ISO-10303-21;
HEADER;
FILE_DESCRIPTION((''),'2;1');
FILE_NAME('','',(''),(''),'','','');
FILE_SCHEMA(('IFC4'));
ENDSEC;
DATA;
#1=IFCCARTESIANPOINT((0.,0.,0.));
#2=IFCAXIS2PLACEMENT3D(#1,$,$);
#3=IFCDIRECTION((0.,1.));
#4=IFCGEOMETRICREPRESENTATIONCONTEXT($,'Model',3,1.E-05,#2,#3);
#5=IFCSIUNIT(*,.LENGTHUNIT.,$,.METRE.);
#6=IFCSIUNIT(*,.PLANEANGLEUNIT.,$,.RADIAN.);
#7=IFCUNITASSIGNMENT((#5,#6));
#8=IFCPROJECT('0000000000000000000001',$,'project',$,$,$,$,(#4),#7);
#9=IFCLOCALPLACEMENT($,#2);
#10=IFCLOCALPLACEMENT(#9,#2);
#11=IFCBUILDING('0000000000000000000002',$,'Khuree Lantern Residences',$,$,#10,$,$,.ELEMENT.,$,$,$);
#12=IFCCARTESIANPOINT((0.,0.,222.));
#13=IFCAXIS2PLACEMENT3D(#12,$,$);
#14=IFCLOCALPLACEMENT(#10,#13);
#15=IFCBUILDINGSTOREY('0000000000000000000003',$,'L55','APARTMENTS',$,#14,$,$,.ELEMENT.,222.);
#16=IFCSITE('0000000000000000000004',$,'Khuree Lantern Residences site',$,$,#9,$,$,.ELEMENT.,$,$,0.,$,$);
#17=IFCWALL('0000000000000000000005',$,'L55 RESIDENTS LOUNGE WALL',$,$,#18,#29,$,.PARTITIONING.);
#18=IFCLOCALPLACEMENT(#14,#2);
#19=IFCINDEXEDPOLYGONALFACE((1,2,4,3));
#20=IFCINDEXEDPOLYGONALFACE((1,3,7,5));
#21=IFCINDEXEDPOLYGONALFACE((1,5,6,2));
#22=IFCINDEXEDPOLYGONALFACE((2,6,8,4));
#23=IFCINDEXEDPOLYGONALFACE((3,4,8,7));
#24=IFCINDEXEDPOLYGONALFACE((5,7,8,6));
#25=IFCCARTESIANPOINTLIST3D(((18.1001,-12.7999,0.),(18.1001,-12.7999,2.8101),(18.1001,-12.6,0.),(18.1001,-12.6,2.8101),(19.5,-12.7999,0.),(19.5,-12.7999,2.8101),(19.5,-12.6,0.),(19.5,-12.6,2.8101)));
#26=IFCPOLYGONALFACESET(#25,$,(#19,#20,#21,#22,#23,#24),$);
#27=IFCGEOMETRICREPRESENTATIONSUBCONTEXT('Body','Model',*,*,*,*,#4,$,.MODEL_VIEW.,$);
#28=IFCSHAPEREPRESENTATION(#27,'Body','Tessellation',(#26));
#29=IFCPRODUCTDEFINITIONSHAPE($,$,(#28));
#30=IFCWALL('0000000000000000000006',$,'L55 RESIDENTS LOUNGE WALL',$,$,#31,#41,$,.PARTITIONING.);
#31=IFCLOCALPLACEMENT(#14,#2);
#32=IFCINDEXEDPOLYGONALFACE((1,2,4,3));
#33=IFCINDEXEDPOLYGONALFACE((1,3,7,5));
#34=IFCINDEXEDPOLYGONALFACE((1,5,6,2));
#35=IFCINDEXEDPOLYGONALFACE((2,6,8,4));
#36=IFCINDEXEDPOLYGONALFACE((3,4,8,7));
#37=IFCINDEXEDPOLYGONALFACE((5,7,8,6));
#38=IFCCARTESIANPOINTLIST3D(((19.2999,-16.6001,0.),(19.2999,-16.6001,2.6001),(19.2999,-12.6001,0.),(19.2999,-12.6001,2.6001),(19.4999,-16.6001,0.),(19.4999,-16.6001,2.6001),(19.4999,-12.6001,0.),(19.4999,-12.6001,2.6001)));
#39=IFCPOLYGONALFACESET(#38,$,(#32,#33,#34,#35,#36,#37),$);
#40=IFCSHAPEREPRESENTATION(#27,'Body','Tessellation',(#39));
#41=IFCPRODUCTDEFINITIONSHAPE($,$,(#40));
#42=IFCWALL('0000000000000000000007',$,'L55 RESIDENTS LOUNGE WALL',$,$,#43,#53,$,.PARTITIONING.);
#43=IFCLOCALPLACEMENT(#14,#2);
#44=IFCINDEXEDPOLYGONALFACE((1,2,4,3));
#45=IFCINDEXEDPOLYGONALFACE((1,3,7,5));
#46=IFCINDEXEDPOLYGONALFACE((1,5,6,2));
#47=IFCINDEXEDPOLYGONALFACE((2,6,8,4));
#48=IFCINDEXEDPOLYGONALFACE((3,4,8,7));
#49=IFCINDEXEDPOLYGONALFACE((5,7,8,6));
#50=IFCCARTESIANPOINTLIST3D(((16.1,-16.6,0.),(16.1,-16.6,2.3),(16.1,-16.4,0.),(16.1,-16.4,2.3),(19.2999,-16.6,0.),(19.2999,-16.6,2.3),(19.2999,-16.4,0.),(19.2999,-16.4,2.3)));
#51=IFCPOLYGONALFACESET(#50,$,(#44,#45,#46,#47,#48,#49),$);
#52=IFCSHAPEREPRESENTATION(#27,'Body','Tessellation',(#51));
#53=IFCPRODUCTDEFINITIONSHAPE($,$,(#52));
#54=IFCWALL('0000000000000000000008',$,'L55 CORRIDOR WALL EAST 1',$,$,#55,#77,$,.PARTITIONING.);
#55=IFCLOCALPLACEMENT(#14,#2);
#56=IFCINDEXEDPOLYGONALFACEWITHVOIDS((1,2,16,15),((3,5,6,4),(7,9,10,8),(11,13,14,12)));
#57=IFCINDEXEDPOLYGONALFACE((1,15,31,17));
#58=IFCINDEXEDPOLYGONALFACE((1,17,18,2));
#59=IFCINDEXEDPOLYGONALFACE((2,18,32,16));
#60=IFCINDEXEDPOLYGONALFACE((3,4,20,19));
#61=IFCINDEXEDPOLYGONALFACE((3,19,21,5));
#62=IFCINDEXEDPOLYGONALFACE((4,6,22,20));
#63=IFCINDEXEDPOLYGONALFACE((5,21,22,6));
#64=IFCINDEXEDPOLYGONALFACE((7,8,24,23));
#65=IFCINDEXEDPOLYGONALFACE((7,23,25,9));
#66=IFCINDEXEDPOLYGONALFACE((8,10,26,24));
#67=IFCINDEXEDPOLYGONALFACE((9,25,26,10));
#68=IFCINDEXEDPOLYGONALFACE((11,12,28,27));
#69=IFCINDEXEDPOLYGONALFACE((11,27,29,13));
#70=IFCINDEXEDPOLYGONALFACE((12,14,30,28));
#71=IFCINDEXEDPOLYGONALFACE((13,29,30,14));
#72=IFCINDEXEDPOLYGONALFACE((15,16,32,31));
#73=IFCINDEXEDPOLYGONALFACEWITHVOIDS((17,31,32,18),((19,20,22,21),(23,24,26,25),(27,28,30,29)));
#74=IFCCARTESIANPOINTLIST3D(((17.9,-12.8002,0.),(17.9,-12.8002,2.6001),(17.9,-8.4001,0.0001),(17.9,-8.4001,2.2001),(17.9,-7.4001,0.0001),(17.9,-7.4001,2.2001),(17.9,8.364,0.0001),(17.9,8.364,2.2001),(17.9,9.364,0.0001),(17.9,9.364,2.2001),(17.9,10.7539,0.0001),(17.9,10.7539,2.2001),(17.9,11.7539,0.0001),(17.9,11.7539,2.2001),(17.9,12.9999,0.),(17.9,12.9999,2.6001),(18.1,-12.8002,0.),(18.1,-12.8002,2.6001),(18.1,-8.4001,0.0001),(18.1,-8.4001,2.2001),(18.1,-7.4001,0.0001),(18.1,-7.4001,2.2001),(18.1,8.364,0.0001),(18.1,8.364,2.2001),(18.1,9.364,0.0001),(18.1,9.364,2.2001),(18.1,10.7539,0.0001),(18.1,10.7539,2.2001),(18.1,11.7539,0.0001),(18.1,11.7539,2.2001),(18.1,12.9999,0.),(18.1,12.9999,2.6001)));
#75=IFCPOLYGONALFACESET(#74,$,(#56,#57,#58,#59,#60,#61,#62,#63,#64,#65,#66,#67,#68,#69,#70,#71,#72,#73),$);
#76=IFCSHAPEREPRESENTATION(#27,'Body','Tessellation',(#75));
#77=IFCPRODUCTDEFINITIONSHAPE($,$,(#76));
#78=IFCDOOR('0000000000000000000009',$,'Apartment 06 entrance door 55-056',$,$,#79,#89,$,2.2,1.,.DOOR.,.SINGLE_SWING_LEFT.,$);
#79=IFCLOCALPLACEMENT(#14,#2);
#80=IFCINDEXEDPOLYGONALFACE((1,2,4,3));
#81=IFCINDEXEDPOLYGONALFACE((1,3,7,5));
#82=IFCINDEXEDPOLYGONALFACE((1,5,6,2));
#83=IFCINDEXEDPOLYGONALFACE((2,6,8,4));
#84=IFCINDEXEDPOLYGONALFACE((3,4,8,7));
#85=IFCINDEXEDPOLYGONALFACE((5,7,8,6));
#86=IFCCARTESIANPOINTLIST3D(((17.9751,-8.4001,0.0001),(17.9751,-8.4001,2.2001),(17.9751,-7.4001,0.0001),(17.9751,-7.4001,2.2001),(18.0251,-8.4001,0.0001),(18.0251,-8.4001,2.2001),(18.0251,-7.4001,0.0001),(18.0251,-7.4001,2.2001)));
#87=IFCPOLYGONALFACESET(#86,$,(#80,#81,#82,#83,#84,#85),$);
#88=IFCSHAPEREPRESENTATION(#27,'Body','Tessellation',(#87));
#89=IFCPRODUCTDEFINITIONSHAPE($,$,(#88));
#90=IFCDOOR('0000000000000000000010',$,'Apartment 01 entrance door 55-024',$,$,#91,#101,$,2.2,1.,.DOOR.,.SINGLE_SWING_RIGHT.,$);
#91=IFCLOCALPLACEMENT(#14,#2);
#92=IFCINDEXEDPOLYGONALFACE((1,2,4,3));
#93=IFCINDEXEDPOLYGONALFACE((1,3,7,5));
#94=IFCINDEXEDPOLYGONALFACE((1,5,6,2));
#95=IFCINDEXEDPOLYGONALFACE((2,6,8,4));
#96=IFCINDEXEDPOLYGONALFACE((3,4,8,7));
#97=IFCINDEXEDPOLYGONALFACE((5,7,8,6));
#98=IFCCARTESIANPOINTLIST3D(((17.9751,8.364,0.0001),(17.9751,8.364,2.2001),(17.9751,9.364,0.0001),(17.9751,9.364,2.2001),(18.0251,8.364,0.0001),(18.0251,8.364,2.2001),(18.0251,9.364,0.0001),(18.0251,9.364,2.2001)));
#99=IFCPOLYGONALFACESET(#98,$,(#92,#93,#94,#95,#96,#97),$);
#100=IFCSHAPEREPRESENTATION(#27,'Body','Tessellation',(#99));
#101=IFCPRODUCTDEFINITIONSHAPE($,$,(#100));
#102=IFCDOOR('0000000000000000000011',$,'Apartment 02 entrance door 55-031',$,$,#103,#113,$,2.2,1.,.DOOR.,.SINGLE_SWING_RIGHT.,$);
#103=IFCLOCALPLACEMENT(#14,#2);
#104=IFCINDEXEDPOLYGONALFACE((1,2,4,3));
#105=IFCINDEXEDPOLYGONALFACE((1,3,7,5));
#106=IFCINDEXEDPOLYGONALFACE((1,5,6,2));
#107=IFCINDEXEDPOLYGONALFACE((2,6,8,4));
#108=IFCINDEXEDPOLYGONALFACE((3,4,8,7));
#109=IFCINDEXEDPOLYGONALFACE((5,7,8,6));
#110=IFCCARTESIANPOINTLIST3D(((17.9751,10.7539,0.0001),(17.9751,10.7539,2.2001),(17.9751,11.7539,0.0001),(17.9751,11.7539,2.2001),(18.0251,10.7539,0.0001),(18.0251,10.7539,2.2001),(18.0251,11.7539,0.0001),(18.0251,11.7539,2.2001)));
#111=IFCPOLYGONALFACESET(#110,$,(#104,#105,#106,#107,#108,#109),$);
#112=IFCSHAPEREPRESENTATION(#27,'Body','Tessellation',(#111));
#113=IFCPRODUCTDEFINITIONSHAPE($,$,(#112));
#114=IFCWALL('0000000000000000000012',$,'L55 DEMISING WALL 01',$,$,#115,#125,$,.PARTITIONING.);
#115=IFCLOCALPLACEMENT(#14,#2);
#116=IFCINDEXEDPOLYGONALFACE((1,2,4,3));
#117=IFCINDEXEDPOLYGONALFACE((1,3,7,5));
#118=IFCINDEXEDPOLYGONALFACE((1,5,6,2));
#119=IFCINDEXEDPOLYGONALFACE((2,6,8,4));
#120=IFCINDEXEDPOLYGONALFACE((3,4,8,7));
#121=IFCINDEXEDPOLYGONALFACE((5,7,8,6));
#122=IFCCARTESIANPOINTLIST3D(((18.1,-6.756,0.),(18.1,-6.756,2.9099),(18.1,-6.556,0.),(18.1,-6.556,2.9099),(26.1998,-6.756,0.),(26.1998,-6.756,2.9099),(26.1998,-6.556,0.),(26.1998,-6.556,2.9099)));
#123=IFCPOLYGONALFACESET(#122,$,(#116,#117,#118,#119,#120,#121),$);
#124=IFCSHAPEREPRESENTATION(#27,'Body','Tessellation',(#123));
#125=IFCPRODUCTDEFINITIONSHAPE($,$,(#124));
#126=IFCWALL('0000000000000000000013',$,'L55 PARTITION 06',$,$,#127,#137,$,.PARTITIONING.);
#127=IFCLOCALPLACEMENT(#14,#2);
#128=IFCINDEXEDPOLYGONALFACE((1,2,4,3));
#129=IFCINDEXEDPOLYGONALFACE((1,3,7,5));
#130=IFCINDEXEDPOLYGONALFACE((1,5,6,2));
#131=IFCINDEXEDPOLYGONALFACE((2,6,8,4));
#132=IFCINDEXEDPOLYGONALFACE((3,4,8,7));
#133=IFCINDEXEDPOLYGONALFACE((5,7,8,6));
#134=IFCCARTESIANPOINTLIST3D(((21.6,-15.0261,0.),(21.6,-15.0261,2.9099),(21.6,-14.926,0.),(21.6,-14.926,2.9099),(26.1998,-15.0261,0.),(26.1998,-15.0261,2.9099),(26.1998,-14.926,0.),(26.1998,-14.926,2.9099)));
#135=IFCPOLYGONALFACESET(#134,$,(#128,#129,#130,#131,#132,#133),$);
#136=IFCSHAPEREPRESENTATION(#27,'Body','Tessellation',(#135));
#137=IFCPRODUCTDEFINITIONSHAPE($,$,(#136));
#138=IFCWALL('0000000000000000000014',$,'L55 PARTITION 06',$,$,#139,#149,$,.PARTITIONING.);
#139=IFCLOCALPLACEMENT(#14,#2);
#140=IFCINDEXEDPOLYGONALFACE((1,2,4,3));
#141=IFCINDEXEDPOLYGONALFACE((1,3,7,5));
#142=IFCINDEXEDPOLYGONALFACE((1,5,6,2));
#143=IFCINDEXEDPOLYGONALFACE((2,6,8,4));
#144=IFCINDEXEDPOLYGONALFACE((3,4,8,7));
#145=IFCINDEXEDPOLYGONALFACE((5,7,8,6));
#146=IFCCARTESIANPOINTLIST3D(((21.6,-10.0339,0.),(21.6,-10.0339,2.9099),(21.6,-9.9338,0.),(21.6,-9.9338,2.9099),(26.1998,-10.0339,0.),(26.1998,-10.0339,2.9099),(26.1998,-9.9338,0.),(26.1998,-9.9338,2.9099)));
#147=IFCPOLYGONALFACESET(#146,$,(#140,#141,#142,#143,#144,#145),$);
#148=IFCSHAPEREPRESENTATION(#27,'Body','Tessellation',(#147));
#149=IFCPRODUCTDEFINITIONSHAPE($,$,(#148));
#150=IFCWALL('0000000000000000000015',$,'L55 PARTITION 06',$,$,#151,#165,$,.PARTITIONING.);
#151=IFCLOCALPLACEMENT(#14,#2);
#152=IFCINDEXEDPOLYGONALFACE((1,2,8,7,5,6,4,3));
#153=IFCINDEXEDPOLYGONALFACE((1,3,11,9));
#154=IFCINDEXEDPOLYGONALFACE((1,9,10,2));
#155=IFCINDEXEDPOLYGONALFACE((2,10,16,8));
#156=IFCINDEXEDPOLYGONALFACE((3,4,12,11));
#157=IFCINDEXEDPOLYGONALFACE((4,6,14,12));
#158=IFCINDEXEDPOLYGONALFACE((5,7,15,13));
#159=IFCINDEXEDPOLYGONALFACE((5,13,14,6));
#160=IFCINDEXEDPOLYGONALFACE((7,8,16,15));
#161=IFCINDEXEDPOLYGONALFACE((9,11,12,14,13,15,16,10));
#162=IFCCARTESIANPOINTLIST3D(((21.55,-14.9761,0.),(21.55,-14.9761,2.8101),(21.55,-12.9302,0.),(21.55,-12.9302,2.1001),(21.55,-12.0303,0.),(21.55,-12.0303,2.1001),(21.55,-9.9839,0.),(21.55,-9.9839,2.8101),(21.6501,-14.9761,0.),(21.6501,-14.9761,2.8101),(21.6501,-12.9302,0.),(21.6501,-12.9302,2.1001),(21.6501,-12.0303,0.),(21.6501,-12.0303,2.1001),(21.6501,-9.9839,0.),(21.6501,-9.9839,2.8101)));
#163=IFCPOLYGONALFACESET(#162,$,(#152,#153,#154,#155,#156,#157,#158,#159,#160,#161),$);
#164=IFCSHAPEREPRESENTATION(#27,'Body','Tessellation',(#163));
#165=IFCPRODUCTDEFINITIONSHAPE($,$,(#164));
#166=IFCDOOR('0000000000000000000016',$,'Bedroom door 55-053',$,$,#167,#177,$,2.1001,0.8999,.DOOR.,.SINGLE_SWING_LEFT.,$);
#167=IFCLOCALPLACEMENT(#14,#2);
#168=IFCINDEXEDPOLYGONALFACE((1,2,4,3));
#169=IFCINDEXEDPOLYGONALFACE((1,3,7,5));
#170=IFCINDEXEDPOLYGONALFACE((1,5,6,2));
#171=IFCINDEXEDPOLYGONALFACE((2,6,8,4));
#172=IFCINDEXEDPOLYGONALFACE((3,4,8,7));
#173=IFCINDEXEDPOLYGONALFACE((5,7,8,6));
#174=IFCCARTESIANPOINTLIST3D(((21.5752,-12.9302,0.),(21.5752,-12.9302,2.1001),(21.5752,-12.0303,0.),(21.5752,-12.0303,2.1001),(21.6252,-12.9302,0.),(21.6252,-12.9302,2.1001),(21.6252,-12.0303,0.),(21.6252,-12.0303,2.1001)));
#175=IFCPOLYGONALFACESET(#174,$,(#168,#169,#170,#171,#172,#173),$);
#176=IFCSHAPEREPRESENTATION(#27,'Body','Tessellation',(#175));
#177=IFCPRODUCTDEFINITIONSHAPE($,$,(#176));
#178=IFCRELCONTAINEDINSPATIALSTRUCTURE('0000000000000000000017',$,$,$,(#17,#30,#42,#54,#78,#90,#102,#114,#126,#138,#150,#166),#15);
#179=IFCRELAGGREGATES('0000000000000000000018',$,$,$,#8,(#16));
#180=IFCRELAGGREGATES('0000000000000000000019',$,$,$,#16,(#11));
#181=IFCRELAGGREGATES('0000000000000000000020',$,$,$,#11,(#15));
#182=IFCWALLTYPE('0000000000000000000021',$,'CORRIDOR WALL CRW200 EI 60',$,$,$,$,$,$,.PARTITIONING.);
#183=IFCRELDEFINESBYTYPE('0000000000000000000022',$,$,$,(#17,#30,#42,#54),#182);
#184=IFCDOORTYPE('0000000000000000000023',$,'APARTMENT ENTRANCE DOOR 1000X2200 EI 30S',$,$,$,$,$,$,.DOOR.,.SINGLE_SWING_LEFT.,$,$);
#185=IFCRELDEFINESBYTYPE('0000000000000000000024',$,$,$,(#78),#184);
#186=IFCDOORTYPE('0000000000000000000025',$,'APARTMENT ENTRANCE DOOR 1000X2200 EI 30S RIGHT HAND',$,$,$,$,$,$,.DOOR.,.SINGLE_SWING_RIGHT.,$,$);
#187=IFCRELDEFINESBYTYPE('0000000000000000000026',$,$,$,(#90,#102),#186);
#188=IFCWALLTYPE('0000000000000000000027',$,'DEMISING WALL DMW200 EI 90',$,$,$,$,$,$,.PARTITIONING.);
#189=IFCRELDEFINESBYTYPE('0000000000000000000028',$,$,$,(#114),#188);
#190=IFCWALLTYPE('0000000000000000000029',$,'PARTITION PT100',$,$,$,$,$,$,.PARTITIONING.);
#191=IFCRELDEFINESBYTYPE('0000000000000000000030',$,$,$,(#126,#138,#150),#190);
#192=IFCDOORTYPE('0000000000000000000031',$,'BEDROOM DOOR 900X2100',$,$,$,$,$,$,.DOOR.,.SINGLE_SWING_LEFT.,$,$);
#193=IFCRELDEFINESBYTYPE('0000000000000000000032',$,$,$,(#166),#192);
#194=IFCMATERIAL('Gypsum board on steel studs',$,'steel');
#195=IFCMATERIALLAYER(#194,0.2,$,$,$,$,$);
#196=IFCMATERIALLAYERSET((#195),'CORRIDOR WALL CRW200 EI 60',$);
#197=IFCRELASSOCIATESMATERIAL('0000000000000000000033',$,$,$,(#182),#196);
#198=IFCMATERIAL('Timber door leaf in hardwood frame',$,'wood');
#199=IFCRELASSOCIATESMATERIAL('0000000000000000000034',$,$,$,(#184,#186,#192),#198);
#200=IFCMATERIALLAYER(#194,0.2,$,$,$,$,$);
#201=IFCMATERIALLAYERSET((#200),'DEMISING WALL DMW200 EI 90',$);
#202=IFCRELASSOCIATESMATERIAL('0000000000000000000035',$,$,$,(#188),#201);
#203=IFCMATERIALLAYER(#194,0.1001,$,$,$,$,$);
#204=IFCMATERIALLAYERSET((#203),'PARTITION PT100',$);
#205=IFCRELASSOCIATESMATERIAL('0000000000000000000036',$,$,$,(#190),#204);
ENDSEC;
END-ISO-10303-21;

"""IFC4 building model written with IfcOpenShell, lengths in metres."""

from ifc_helpers import new_model, si_unit, direction, frame, frame_2d, origin, place, context, subcontext, project, spatial, rectangle, extrude, material, layer, layer_set, type_object, element, fill, save


model = new_model("IFC4")

# Units and contexts
model_context = context("Model", 3, precision=1e-05, world=origin(), true_north=direction((0.0, 1.0)))
body_context = subcontext(model_context, "Body", "Model", "MODEL_VIEW")
ifc_project = project(units=[si_unit("LENGTHUNIT", "METRE"), si_unit("PLANEANGLEUNIT", "RADIAN")], contexts=[model_context])

# Site, building, storey
site_placement = place(None, origin())
site = spatial("IfcSite", under=ifc_project, at=site_placement, Name="Khuree Lantern Residences site", CompositionType="ELEMENT", RefElevation=0.0)
building_placement = place(site_placement, origin())
building = spatial("IfcBuilding", under=site, at=building_placement, Name="Khuree Lantern Residences", CompositionType="ELEMENT")
storey_placement = place(building_placement, frame((0.0, 0.0, 222.0)))
storey = spatial("IfcBuildingStorey", under=building, at=storey_placement, Name="L55", Description="APARTMENTS", CompositionType="ELEMENT", Elevation=222.0)

# Shared definitions
ifc_material_1 = material(Name="Timber door leaf in hardwood frame", Category="wood")

# Walls
ifc_material_2 = material(Name="Gypsum board on steel studs", Category="steel")
ifc_layer_1 = layer(ifc_material_2, 0.2)
ifc_layer_set_1 = layer_set([ifc_layer_1], Name="CORRIDOR WALL CRW200 EI 60")
wall_type_1 = type_object("IfcWallType", Name="CORRIDOR WALL CRW200 EI 60", PredefinedType="PARTITIONING", material=ifc_layer_set_1)
wall_1_placement = place(storey_placement, frame((18.1001, -12.7, 0.0), z_axis=(0.0, 0.0, 1.0), x_axis=(1.0, 0.0, 0.0)))
element("IfcWall", 1, at=wall_1_placement, inside=storey, type_object=wall_type_1, Name="L55 RESIDENTS LOUNGE WALL", PredefinedType="PARTITIONING", context=body_context, shape_type="SweptSolid", body=[
    extrude(rectangle(XDim=1.3999, YDim=0.2, at=frame_2d((0.7, 0.0))), origin(), (0.0, 0.0, 1.0), 2.8101),
])
wall_2_placement = place(storey_placement, frame((19.3999, -12.6001, 0.0), z_axis=(0.0, 0.0, 1.0), x_axis=(0.0, -1.0, 0.0)))
element("IfcWall", 2, at=wall_2_placement, inside=storey, type_object=wall_type_1, Name="L55 RESIDENTS LOUNGE WALL", PredefinedType="PARTITIONING", context=body_context, shape_type="SweptSolid", body=[
    extrude(rectangle(XDim=4.0, YDim=0.2, at=frame_2d((2.0, 0.0))), origin(), (0.0, 0.0, 1.0), 2.6001),
])
wall_3_placement = place(storey_placement, frame((19.3, -16.5, 0.0), z_axis=(0.0, 0.0, 1.0), x_axis=(-1.0, 0.0, 0.0)))
element("IfcWall", 3, at=wall_3_placement, inside=storey, type_object=wall_type_1, Name="L55 RESIDENTS LOUNGE WALL", PredefinedType="PARTITIONING", context=body_context, shape_type="SweptSolid", body=[
    extrude(rectangle(XDim=3.2, YDim=0.2, at=frame_2d((1.6001, 0.0))), origin(), (0.0, 0.0, 1.0), 2.3),
])

# Wall, openings, doors
wall_4_placement = place(storey_placement, frame((18.0, -12.8, 0.0), z_axis=(0.0, 0.0, 1.0), x_axis=(0.0, 1.0, 0.0)))
wall_4 = element("IfcWall", 4, at=wall_4_placement, inside=storey, type_object=wall_type_1, Name="L55 CORRIDOR WALL EAST 1", PredefinedType="PARTITIONING", context=body_context, shape_type="SweptSolid", body=[
    extrude(rectangle(XDim=25.8, YDim=0.2, at=frame_2d((12.8999, 0.0))), origin(), (0.0, 0.0, 1.0), 2.6001),
])
opening_1_placement = place(wall_4_placement, frame((21.1641, 0.0, 0.0)))
opening_1 = element("IfcOpeningElement", 5, at=opening_1_placement, cuts=wall_4, PredefinedType="OPENING", context=body_context, shape_type="SweptSolid", body=[
    extrude(rectangle(XDim=1.0, YDim=2.2, at=frame_2d((0.5, 1.1001))), frame((0.0, 0.1099, 0.0), z_axis=(0.0, -1.0, 0.0), x_axis=(1.0, 0.0, 0.0)), (0.0, 0.0, 1.0), 0.22),
])
opening_2_placement = place(wall_4_placement, frame((23.554, 0.0, 0.0)))
opening_2 = element("IfcOpeningElement", 6, at=opening_2_placement, cuts=wall_4, PredefinedType="OPENING", context=body_context, shape_type="SweptSolid", body=[
    extrude(rectangle(XDim=1.0, YDim=2.2, at=frame_2d((0.5, 1.1001))), frame((0.0, 0.1099, 0.0), z_axis=(0.0, -1.0, 0.0), x_axis=(1.0, 0.0, 0.0)), (0.0, 0.0, 1.0), 0.22),
])
opening_3_placement = place(wall_4_placement, frame((4.3999, 0.0, 0.0)))
opening_3 = element("IfcOpeningElement", 7, at=opening_3_placement, cuts=wall_4, PredefinedType="OPENING", context=body_context, shape_type="SweptSolid", body=[
    extrude(rectangle(XDim=1.0, YDim=2.2, at=frame_2d((0.5, 1.1001))), frame((0.0, 0.1099, 0.0), z_axis=(0.0, -1.0, 0.0), x_axis=(1.0, 0.0, 0.0)), (0.0, 0.0, 1.0), 0.22),
])
door_type_1 = type_object("IfcDoorType", Name="APARTMENT ENTRANCE DOOR 1000X2200 EI 30S", OperationType="SINGLE_SWING_LEFT", PredefinedType="DOOR", material=ifc_material_1)
door_1_placement = place(opening_3_placement, origin())
door_1 = element("IfcDoor", 8, at=door_1_placement, inside=storey, type_object=door_type_1, Name="Apartment 06 entrance door 55-056", OperationType="SINGLE_SWING_LEFT", OverallHeight=2.2, OverallWidth=1.0, PredefinedType="DOOR", context=body_context, shape_type="SweptSolid", body=[
    extrude(rectangle(XDim=1.0, YDim=2.2, at=frame_2d((0.5, 1.1001))), frame((0.0, 0.0249, 0.0), z_axis=(0.0, -1.0, 0.0), x_axis=(1.0, 0.0, 0.0)), (0.0, 0.0, 1.0), 0.05),
])
fill(opening_3, door_1)
door_type_2 = type_object("IfcDoorType", Name="APARTMENT ENTRANCE DOOR 1000X2200 EI 30S RIGHT HAND", OperationType="SINGLE_SWING_RIGHT", PredefinedType="DOOR", material=ifc_material_1)
door_2_placement = place(opening_1_placement, origin())
door_2 = element("IfcDoor", 9, at=door_2_placement, inside=storey, type_object=door_type_2, Name="Apartment 01 entrance door 55-024", OperationType="SINGLE_SWING_RIGHT", OverallHeight=2.2, OverallWidth=1.0, PredefinedType="DOOR", context=body_context, shape_type="SweptSolid", body=[
    extrude(rectangle(XDim=1.0, YDim=2.2, at=frame_2d((0.5, 1.1001))), frame((0.0, 0.0249, 0.0), z_axis=(0.0, -1.0, 0.0), x_axis=(1.0, 0.0, 0.0)), (0.0, 0.0, 1.0), 0.05),
])
fill(opening_1, door_2)
door_3_placement = place(opening_2_placement, origin())
door_3 = element("IfcDoor", 10, at=door_3_placement, inside=storey, type_object=door_type_2, Name="Apartment 02 entrance door 55-031", OperationType="SINGLE_SWING_RIGHT", OverallHeight=2.2, OverallWidth=1.0, PredefinedType="DOOR", context=body_context, shape_type="SweptSolid", body=[
    extrude(rectangle(XDim=1.0, YDim=2.2, at=frame_2d((0.5, 1.1001))), frame((0.0, 0.0249, 0.0), z_axis=(0.0, -1.0, 0.0), x_axis=(1.0, 0.0, 0.0)), (0.0, 0.0, 1.0), 0.05),
])
fill(opening_2, door_3)

# Walls
ifc_layer_2 = layer(ifc_material_2, 0.2)
ifc_layer_set_2 = layer_set([ifc_layer_2], Name="DEMISING WALL DMW200 EI 90")
wall_type_2 = type_object("IfcWallType", Name="DEMISING WALL DMW200 EI 90", PredefinedType="PARTITIONING", material=ifc_layer_set_2)
wall_5_placement = place(storey_placement, frame((18.1001, -6.656, 0.0), z_axis=(0.0, 0.0, 1.0), x_axis=(1.0, 0.0, 0.0)))
element("IfcWall", 11, at=wall_5_placement, inside=storey, type_object=wall_type_2, Name="L55 DEMISING WALL 01", PredefinedType="PARTITIONING", context=body_context, shape_type="SweptSolid", body=[
    extrude(rectangle(XDim=8.0999, YDim=0.2, at=frame_2d((4.0498, 0.0))), origin(), (0.0, 0.0, 1.0), 2.9099),
])
ifc_layer_3 = layer(ifc_material_2, 0.1001)
ifc_layer_set_3 = layer_set([ifc_layer_3], Name="PARTITION PT100")
wall_type_3 = type_object("IfcWallType", Name="PARTITION PT100", PredefinedType="PARTITIONING", material=ifc_layer_set_3)
for number, where, z_axis, x_axis, name in (
    (12, (21.6001, -14.9761, 0.0), (0.0, 0.0, 1.0), (1.0, 0.0, 0.0), "L55 PARTITION 06"),
    (13, (21.6001, -9.9839, 0.0), (0.0, 0.0, 1.0), (1.0, 0.0, 0.0), "L55 PARTITION 06"),
):
    element("IfcWall", number, at=place(storey_placement, frame(where, z_axis=z_axis, x_axis=x_axis)), inside=storey, type_object=wall_type_3, Name=name, PredefinedType="PARTITIONING", context=body_context, shape_type="SweptSolid", body=[
        extrude(rectangle(XDim=4.5999, YDim=0.1001, at=frame_2d((2.2998, 0.0))), origin(), (0.0, 0.0, 1.0), 2.9099),
    ])

# Wall, opening, door
wall_6_placement = place(storey_placement, frame((21.6001, -14.9761, 0.0), z_axis=(0.0, 0.0, 1.0), x_axis=(0.0, 1.0, 0.0)))
wall_6 = element("IfcWall", 14, at=wall_6_placement, inside=storey, type_object=wall_type_3, Name="L55 PARTITION 06", PredefinedType="PARTITIONING", context=body_context, shape_type="SweptSolid", body=[
    extrude(rectangle(XDim=4.9922, YDim=0.1001, at=frame_2d((2.4961, 0.0))), origin(), (0.0, 0.0, 1.0), 2.8101),
])
opening_4_placement = place(wall_6_placement, frame((2.0459, 0.0, 0.0)))
opening_4 = element("IfcOpeningElement", 15, at=opening_4_placement, cuts=wall_6, PredefinedType="OPENING", context=body_context, shape_type="SweptSolid", body=[
    extrude(rectangle(XDim=0.8999, YDim=2.1001, at=frame_2d((0.45, 1.05))), frame((0.0, 0.0601, 0.0), z_axis=(0.0, -1.0, 0.0), x_axis=(1.0, 0.0, 0.0)), (0.0, 0.0, 1.0), 0.1201),
])
door_type_3 = type_object("IfcDoorType", Name="BEDROOM DOOR 900X2100", OperationType="SINGLE_SWING_LEFT", PredefinedType="DOOR", material=ifc_material_1)
door_4_placement = place(opening_4_placement, origin())
door_4 = element("IfcDoor", 16, at=door_4_placement, inside=storey, type_object=door_type_3, Name="Bedroom door 55-053", OperationType="SINGLE_SWING_LEFT", OverallHeight=2.1001, OverallWidth=0.8999, PredefinedType="DOOR", context=body_context, shape_type="SweptSolid", body=[
    extrude(rectangle(XDim=0.8999, YDim=2.1001, at=frame_2d((0.45, 1.05))), frame((0.0, 0.0249, 0.0), z_axis=(0.0, -1.0, 0.0), x_axis=(1.0, 0.0, 0.0)), (0.0, 0.0, 1.0), 0.05),
])
fill(opening_4, door_4)

save(model, "model.ifc")
